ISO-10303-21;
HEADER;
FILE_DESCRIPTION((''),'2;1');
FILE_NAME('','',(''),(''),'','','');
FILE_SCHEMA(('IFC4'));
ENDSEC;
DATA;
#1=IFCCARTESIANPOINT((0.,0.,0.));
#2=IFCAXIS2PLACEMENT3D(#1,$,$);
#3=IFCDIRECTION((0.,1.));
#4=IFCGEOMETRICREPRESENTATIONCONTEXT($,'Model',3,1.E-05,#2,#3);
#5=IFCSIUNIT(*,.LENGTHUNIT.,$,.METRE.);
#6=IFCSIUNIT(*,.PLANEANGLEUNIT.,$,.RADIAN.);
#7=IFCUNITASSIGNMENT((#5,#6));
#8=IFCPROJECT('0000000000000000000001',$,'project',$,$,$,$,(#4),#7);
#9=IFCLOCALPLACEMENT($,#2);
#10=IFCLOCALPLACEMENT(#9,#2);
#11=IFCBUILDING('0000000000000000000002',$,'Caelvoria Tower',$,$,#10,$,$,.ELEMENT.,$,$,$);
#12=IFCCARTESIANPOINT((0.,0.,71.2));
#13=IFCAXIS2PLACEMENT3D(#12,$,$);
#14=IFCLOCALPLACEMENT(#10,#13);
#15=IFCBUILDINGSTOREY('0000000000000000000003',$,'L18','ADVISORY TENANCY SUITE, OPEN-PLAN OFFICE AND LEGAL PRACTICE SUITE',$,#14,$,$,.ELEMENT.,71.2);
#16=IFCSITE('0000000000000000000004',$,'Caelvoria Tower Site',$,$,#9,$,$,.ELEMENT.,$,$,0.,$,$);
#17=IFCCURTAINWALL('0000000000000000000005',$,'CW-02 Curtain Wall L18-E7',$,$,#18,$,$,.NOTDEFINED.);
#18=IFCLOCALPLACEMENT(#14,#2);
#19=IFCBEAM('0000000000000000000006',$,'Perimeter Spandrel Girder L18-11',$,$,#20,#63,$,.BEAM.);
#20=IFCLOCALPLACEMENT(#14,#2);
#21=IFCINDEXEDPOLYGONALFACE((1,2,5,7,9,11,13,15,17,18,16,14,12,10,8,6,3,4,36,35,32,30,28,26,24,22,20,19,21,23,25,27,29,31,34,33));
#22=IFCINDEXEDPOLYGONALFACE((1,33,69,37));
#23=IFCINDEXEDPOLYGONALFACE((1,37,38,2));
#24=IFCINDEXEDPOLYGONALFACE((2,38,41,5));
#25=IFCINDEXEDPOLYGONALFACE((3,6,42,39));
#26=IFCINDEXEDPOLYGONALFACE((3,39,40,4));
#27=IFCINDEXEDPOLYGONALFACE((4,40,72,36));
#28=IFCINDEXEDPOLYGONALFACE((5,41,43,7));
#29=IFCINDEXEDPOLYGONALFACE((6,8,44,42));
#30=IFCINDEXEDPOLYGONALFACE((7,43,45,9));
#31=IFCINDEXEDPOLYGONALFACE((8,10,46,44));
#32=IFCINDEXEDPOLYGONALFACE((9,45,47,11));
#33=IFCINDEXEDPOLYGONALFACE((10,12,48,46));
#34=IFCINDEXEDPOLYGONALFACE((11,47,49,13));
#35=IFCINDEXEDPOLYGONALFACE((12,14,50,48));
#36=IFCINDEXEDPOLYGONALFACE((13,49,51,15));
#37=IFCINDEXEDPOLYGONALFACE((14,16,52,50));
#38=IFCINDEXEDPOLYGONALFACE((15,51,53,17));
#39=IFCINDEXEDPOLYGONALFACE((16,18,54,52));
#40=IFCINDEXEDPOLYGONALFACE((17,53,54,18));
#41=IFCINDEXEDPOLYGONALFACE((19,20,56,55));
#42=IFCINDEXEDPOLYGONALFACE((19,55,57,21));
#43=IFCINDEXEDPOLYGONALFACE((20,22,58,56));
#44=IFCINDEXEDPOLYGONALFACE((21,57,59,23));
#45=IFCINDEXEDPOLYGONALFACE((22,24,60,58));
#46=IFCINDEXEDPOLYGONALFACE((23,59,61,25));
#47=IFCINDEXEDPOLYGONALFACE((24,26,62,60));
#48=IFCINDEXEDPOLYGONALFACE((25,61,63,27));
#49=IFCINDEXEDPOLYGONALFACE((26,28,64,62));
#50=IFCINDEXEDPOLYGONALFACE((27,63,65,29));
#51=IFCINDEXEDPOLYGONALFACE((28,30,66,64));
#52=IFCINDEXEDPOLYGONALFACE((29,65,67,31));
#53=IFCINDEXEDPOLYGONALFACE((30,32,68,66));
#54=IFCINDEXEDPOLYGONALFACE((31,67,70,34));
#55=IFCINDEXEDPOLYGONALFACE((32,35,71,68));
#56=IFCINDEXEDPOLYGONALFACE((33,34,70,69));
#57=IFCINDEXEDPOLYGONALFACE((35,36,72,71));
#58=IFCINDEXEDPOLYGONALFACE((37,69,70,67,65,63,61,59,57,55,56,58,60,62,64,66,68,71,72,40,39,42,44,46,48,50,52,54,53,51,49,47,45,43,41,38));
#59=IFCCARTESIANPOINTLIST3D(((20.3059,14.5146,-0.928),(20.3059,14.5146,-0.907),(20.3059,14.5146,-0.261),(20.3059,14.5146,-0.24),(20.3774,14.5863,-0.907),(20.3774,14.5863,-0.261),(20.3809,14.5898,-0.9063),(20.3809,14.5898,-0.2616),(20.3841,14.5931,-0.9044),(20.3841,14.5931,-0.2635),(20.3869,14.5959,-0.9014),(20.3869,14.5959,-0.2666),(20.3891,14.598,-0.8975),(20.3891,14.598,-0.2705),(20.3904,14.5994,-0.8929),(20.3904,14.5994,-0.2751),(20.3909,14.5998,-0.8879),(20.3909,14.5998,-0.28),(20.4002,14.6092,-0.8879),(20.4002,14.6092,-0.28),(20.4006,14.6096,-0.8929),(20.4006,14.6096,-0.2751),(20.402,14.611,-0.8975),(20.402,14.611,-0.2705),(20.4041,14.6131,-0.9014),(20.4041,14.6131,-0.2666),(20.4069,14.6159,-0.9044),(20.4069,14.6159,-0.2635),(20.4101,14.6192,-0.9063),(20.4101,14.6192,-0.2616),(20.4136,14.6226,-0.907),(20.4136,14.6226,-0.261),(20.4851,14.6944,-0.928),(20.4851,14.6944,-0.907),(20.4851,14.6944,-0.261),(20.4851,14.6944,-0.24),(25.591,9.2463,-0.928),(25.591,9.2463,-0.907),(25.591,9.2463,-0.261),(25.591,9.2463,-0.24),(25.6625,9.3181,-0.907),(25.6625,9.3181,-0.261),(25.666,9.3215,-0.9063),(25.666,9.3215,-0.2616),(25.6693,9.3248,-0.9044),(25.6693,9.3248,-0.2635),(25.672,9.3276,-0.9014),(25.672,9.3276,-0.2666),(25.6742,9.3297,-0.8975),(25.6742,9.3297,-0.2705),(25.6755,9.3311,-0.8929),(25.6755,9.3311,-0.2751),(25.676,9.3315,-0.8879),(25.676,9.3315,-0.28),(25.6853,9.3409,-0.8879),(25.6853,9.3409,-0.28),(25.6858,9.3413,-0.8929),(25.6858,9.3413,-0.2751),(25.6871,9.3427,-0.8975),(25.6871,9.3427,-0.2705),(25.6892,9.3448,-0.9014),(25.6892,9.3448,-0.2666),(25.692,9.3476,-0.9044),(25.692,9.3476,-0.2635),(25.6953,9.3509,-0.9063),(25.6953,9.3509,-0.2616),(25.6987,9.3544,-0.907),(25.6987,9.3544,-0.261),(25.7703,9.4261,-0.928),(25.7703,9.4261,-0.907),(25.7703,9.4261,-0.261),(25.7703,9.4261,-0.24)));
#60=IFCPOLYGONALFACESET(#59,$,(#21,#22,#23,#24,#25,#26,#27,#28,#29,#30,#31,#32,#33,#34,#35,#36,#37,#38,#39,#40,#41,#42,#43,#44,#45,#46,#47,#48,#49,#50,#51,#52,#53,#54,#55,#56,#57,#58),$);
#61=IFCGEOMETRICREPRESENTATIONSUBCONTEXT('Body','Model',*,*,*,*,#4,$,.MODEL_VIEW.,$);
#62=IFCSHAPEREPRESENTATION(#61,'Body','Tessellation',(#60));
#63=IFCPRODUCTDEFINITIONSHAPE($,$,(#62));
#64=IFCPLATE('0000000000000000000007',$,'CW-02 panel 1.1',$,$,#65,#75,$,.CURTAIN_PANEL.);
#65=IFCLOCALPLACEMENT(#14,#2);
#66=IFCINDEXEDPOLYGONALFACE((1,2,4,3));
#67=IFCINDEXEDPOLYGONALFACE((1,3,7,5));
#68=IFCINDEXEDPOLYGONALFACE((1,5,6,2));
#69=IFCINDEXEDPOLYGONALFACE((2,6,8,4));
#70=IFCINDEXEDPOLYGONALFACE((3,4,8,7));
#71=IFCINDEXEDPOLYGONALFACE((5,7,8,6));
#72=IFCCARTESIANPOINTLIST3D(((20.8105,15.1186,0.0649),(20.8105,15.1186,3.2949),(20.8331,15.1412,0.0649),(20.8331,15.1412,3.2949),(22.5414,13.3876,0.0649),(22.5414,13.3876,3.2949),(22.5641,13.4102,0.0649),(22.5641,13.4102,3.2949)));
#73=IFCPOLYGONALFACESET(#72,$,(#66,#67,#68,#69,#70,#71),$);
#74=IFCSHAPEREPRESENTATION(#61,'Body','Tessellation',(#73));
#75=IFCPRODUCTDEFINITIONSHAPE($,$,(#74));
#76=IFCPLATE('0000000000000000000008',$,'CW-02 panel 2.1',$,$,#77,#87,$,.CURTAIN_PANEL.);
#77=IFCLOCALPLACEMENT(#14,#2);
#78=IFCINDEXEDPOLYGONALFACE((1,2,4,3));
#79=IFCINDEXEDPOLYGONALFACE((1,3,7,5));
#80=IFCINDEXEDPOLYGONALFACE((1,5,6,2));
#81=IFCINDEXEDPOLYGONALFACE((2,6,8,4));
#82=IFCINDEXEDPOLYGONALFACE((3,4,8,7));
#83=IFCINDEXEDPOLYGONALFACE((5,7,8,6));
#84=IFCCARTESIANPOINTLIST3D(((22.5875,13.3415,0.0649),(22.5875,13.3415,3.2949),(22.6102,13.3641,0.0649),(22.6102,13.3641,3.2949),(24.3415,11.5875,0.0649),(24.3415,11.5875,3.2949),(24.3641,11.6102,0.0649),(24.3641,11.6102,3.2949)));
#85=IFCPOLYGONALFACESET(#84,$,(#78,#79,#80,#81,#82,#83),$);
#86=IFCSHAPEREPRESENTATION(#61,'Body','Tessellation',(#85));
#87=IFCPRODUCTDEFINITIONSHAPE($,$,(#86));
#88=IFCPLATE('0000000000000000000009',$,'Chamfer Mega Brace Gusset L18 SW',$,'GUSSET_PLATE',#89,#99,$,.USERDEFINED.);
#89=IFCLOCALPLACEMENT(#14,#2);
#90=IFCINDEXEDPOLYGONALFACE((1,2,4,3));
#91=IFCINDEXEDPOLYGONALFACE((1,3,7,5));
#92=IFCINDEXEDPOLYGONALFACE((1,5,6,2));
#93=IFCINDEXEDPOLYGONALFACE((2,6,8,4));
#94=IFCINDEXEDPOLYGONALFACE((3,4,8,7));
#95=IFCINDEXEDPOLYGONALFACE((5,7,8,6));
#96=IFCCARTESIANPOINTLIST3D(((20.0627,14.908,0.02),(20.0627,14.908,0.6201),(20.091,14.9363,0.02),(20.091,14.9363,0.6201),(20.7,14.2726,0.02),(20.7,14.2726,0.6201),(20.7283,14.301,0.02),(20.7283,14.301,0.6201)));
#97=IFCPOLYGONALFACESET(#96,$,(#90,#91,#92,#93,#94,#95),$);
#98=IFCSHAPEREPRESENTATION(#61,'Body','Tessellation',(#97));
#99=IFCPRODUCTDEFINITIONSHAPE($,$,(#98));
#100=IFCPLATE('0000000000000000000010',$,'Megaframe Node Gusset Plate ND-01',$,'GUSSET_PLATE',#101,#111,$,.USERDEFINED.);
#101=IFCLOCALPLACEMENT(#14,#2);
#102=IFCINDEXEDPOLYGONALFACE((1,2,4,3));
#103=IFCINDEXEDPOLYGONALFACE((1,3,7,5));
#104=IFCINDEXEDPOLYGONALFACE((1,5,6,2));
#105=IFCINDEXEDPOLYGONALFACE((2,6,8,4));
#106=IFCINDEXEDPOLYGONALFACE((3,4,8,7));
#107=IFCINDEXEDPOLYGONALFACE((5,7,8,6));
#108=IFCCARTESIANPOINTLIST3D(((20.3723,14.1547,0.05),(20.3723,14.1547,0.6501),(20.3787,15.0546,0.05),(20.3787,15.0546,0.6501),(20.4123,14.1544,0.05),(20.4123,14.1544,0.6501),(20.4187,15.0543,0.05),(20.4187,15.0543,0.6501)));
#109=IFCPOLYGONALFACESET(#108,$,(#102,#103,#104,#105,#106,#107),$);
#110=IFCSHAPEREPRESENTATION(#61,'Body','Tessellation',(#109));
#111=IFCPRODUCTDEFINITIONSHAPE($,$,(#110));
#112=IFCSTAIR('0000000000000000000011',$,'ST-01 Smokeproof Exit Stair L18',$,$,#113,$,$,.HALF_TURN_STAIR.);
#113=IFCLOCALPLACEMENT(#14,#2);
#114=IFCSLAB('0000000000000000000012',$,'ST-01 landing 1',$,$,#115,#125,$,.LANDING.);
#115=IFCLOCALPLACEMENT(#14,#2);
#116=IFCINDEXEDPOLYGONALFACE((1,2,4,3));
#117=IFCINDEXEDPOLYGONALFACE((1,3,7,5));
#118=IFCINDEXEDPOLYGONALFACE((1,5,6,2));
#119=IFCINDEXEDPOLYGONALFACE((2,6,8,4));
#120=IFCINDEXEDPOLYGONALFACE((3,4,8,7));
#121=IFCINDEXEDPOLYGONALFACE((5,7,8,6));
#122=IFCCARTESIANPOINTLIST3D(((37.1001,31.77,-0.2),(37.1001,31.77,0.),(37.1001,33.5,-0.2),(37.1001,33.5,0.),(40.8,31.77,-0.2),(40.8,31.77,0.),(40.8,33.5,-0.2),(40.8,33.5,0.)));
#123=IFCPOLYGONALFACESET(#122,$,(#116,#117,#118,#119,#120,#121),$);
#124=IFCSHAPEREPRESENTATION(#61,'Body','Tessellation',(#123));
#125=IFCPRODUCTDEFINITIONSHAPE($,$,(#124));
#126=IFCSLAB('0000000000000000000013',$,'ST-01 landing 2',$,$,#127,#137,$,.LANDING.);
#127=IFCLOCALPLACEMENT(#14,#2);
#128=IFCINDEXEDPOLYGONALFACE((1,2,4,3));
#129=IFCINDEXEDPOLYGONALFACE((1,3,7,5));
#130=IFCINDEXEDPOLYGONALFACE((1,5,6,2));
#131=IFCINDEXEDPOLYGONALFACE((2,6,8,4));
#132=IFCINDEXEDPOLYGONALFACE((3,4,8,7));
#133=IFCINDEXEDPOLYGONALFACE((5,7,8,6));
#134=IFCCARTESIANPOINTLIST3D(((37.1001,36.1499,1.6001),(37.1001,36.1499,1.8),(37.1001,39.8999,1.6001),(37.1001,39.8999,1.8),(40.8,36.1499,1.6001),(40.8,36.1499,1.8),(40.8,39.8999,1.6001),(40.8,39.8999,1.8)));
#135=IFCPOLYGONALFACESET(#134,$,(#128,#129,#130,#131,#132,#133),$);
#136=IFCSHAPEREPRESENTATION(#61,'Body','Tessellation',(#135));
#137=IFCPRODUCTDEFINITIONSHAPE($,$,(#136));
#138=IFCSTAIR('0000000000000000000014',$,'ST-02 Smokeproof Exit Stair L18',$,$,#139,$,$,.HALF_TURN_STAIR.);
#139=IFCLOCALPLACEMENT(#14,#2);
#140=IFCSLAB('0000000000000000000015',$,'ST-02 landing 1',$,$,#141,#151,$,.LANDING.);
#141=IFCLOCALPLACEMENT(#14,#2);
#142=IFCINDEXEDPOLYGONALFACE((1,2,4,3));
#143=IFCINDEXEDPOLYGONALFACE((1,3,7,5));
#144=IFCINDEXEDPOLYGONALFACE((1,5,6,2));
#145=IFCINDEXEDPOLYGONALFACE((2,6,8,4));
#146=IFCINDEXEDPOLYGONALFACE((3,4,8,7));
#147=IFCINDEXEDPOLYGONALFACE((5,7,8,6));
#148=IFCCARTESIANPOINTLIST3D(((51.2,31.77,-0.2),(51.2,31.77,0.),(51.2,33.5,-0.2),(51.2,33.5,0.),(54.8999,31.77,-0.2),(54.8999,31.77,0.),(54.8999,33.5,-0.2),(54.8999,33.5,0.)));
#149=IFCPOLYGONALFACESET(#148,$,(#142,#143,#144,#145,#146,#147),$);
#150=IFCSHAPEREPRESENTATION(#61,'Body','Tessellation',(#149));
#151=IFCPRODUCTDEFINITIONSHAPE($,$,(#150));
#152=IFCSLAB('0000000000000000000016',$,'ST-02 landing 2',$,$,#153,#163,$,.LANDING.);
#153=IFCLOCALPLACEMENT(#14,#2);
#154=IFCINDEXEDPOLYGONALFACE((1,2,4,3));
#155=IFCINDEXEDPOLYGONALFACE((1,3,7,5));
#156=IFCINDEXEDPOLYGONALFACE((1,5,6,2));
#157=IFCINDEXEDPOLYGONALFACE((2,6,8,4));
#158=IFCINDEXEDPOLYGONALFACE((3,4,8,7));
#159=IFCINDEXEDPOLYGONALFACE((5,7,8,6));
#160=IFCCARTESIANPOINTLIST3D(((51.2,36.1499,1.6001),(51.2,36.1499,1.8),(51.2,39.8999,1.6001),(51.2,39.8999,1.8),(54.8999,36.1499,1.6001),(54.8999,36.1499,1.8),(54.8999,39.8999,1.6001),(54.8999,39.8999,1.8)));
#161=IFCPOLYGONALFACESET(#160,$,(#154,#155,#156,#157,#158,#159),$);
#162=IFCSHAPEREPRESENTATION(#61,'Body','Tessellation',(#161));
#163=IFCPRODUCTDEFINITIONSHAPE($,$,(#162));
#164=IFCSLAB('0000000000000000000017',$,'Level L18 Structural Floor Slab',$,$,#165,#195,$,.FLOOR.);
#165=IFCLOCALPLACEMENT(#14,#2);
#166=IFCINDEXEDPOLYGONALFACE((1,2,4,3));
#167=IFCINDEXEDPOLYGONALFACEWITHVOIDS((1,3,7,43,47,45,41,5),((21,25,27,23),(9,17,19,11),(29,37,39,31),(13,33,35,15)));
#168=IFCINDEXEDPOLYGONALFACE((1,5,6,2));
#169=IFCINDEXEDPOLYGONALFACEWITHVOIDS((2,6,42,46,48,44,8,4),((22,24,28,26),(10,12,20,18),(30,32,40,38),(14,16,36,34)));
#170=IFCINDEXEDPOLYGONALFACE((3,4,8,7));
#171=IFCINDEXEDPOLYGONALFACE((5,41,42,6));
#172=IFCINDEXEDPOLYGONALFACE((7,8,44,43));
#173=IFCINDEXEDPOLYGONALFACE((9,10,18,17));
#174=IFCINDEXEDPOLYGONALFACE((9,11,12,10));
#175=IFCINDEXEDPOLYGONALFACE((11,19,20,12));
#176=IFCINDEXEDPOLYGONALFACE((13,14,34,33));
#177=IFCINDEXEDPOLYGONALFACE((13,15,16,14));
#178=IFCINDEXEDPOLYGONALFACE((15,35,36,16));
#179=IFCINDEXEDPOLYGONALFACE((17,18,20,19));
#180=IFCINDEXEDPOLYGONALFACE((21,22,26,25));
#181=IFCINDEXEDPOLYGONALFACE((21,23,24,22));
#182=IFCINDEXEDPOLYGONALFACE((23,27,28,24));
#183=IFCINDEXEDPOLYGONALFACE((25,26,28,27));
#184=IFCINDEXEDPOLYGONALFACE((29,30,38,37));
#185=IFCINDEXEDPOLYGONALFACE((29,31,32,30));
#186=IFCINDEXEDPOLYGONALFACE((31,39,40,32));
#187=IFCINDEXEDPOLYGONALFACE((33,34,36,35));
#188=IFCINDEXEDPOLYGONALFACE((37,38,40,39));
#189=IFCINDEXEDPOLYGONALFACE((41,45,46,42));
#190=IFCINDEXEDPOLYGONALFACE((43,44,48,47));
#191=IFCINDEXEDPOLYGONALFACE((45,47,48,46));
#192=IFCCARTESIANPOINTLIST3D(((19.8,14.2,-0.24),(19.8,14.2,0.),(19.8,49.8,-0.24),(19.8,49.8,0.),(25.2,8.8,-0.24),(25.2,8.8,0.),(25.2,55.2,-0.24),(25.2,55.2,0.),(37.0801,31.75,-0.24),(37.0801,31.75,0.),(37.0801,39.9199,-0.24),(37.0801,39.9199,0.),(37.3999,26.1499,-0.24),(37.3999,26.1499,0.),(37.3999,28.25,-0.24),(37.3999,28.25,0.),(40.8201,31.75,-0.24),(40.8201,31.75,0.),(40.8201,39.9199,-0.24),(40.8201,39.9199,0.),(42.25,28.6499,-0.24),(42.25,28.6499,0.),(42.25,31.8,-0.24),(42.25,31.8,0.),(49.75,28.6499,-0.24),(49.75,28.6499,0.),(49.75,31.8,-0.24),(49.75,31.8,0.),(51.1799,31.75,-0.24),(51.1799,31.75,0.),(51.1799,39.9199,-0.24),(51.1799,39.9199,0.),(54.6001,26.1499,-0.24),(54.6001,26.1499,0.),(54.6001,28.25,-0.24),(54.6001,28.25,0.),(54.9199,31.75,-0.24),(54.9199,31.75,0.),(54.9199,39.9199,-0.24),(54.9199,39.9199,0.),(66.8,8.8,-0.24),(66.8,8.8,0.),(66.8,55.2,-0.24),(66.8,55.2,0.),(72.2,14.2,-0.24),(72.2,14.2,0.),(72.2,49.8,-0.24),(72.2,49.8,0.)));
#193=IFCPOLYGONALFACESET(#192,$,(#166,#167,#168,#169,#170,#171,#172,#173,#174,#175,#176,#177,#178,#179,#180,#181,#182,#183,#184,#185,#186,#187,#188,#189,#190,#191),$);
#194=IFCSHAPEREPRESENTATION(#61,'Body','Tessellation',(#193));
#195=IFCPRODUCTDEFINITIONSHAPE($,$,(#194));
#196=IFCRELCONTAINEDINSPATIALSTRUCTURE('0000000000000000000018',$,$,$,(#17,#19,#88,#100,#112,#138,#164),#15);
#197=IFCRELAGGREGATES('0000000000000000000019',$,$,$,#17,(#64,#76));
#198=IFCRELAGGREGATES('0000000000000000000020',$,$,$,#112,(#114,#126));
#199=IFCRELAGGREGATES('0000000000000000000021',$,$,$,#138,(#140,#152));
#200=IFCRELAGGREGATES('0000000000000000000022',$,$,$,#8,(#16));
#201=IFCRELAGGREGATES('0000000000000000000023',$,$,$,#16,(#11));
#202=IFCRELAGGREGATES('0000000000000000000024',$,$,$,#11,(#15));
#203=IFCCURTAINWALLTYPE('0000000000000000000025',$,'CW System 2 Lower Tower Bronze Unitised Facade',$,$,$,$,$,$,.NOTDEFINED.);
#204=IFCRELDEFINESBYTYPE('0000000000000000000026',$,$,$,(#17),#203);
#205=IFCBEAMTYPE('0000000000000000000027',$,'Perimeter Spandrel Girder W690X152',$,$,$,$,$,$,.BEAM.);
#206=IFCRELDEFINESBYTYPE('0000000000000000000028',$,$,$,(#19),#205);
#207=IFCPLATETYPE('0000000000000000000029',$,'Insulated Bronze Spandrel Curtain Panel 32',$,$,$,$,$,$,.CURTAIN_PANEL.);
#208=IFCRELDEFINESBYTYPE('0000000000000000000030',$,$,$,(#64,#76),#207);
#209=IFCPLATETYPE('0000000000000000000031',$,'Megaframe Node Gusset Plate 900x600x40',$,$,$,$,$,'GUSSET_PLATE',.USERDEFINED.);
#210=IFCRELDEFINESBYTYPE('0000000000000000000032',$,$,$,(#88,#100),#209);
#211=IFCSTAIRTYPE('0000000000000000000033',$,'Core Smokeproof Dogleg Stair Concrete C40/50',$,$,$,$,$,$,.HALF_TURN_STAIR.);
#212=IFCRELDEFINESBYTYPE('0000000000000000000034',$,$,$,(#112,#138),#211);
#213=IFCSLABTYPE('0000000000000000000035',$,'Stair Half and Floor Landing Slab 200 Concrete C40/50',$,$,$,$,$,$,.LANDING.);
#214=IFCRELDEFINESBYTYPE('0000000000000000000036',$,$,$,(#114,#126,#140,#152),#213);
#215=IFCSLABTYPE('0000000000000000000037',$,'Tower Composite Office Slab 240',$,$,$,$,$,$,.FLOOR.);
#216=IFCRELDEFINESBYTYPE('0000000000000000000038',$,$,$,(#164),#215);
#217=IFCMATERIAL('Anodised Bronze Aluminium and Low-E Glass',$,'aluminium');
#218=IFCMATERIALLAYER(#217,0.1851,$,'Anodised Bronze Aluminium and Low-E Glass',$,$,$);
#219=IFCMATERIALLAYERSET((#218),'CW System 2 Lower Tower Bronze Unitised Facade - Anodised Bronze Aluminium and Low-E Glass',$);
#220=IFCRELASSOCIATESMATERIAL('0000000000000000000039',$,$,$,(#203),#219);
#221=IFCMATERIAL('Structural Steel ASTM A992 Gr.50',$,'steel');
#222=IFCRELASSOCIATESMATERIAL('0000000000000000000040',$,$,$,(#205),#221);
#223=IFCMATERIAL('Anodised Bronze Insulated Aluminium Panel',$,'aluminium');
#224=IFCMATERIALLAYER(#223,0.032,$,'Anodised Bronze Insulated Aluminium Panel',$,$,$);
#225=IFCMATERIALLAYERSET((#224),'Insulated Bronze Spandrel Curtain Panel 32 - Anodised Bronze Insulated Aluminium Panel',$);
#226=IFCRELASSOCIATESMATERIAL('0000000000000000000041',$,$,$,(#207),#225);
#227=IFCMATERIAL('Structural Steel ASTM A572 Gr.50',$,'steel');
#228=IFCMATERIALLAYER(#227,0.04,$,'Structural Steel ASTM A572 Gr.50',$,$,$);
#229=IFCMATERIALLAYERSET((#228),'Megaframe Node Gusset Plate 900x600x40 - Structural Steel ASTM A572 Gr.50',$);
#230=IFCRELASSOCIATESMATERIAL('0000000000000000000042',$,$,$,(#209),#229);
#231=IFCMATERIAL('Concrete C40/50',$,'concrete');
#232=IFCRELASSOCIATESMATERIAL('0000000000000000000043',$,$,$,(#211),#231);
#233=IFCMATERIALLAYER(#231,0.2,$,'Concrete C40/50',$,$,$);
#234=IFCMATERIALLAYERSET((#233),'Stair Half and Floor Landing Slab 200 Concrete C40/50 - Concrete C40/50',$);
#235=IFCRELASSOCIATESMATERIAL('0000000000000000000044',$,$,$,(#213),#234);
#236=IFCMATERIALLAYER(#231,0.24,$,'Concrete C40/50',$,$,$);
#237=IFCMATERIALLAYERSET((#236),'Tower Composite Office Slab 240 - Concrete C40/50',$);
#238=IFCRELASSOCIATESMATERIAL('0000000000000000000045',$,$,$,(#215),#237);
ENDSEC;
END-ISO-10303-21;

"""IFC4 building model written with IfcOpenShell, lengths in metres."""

from ifc_helpers import new_model, si_unit, direction, frame, origin, origin_2d, place, context, subcontext, project, spatial, polyline, rectangle, i_section, outline, extrude, material, layer, layer_set, material_profile, profile_set, type_object, element, aggregate, save


model = new_model("IFC4")

# Units and contexts
model_context = context("Model", 3, precision=1e-05, world=origin(), true_north=direction((0.0, 1.0)))
body_context = subcontext(model_context, "Body", "Model", "MODEL_VIEW")
ifc_project = project(units=[si_unit("LENGTHUNIT", "METRE"), si_unit("PLANEANGLEUNIT", "RADIAN")], contexts=[model_context])

# Site, building, storey
site_placement = place(None, origin())
site = spatial("IfcSite", under=ifc_project, at=site_placement, Name="Caelvoria Tower Site", CompositionType="ELEMENT", RefElevation=0.0)
building_placement = place(site_placement, origin())
building = spatial("IfcBuilding", under=site, at=building_placement, Name="Caelvoria Tower", CompositionType="ELEMENT")
storey_placement = place(building_placement, frame((0.0, 0.0, 71.2)))
storey = spatial("IfcBuildingStorey", under=building, at=storey_placement, Name="L18", Description="ADVISORY TENANCY SUITE, OPEN-PLAN OFFICE AND LEGAL PRACTICE SUITE", CompositionType="ELEMENT", Elevation=71.2)

# Shared definitions
ifc_material_1 = material(Name="Structural Steel ASTM A572 Gr.50", Category="steel")

# Shared definitions
ifc_material_2 = material(Name="Anodised Bronze Aluminium and Low-E Glass", Category="aluminium")
ifc_layer_1 = layer(ifc_material_2, 0.1851, Name="Anodised Bronze Aluminium and Low-E Glass")
ifc_layer_set_1 = layer_set([ifc_layer_1], Name="CW System 2 Lower Tower Bronze Unitised Facade - Anodised Bronze Aluminium and Low-E Glass")
curtain_wall_type = type_object("IfcCurtainWallType", Name="CW System 2 Lower Tower Bronze Unitised Facade", PredefinedType="NOTDEFINED", material=ifc_layer_set_1)

# Curtain wall
curtain_wall_1_placement = place(storey_placement, origin())
curtain_wall_1 = element("IfcCurtainWall", 1, at=curtain_wall_1_placement, inside=storey, type_object=curtain_wall_type, Name="CW-02 Curtain Wall L18-E7", PredefinedType="NOTDEFINED")

# Beam
ifc_material_3 = material(Name="Structural Steel ASTM A992 Gr.50", Category="steel")
ifc_material_profile_1 = material_profile(ifc_material_3, i_section(OverallWidth=0.2539, OverallDepth=0.688, WebThickness=0.0132, FlangeThickness=0.021, FilletRadius=0.019, at=origin_2d()), Name="Structural Steel ASTM A992 Gr.50")
ifc_profile_set_1 = profile_set([ifc_material_profile_1], Name="W690X152 - Structural Steel ASTM A992 Gr.50")
beam_type = type_object("IfcBeamType", Name="Perimeter Spandrel Girder W690X152", PredefinedType="BEAM", material=ifc_profile_set_1)
beam_placement = place(storey_placement, frame((20.3955, 14.6045, -0.584), z_axis=(0.708235, -0.705977, 0.0), x_axis=(0.705977, 0.708235, 0.0)))
element("IfcBeam", 2, at=beam_placement, inside=storey, type_object=beam_type, Name="Perimeter Spandrel Girder L18-11", PredefinedType="BEAM", context=body_context, shape_type="SweptSolid", body=[
    extrude(i_section(OverallWidth=0.2539, OverallDepth=0.688, WebThickness=0.0132, FlangeThickness=0.021, FilletRadius=0.019, at=origin_2d()), origin(), (0.0, 0.0, 1.0), 7.4624),
])

# Plates
ifc_material_4 = material(Name="Anodised Bronze Insulated Aluminium Panel", Category="aluminium")
ifc_layer_2 = layer(ifc_material_4, 0.032, Name="Anodised Bronze Insulated Aluminium Panel")
ifc_layer_set_2 = layer_set([ifc_layer_2], Name="Insulated Bronze Spandrel Curtain Panel 32 - Anodised Bronze Insulated Aluminium Panel")
plate_type_1 = type_object("IfcPlateType", Name="Insulated Bronze Spandrel Curtain Panel 32", PredefinedType="CURTAIN_PANEL", material=ifc_layer_set_2)
plate_1_placement = place(storey_placement, frame((21.6873, 14.2644, 0.0649), z_axis=(0.0, 0.0, 1.0), x_axis=(0.707107, -0.707107, 0.0)))
plate_1 = element("IfcPlate", 3, at=plate_1_placement, type_object=plate_type_1, Name="CW-02 panel 1.1", PredefinedType="CURTAIN_PANEL", context=body_context, shape_type="SweptSolid", body=[
    extrude(rectangle(XDim=2.448, YDim=0.032, at=origin_2d()), origin(), (0.0, 0.0, 1.0), 3.23),
])
plate_2_placement = place(storey_placement, frame((23.4758, 12.4758, 0.0649), z_axis=(0.0, 0.0, 1.0), x_axis=(0.707107, -0.707107, 0.0)))
plate_2 = element("IfcPlate", 4, at=plate_2_placement, type_object=plate_type_1, Name="CW-02 panel 2.1", PredefinedType="CURTAIN_PANEL", context=body_context, shape_type="SweptSolid", body=[
    extrude(rectangle(XDim=2.4805, YDim=0.032, at=origin_2d()), origin(), (0.0, 0.0, 1.0), 3.23),
])
aggregate(curtain_wall_1, [plate_1, plate_2])

# Plates
ifc_layer_3 = layer(ifc_material_1, 0.04, Name="Structural Steel ASTM A572 Gr.50")
ifc_layer_set_3 = layer_set([ifc_layer_3], Name="Megaframe Node Gusset Plate 900x600x40 - Structural Steel ASTM A572 Gr.50")
plate_type_2 = type_object("IfcPlateType", Name="Megaframe Node Gusset Plate 900x600x40", ElementType="GUSSET_PLATE", PredefinedType="USERDEFINED", material=ifc_layer_set_3)
for number, where, z_axis, x_axis, name in (
    (5, (20.3955, 14.6045, 0.02), (0.0, 0.0, 1.0), (0.708212, -0.706, 0.0), "Chamfer Mega Brace Gusset L18 SW"),
    (6, (20.3955, 14.6045, 0.05), (0.0, 0.0, 1.0), (0.007151, 0.999974, 0.0), "Megaframe Node Gusset Plate ND-01"),
):
    element("IfcPlate", number, at=place(storey_placement, frame(where, z_axis=z_axis, x_axis=x_axis)), inside=storey, type_object=plate_type_2, Name=name, ObjectType="GUSSET_PLATE", PredefinedType="USERDEFINED", context=body_context, shape_type="SweptSolid", body=[
        extrude(rectangle(XDim=0.8999, YDim=0.04, at=origin_2d()), origin(), (0.0, 0.0, 1.0), 0.6001),
    ])

# Stairs, slabs
ifc_material_5 = material(Name="Concrete C40/50", Category="concrete")
stair_type = type_object("IfcStairType", Name="Core Smokeproof Dogleg Stair Concrete C40/50", PredefinedType="HALF_TURN_STAIR", material=ifc_material_5)
stair_1_placement = place(storey_placement, origin())
stair_1 = element("IfcStair", 7, at=stair_1_placement, inside=storey, type_object=stair_type, Name="ST-01 Smokeproof Exit Stair L18", PredefinedType="HALF_TURN_STAIR")
ifc_layer_4 = layer(ifc_material_5, 0.2, Name="Concrete C40/50")
ifc_layer_set_4 = layer_set([ifc_layer_4], Name="Stair Half and Floor Landing Slab 200 Concrete C40/50 - Concrete C40/50")
slab_type_1 = type_object("IfcSlabType", Name="Stair Half and Floor Landing Slab 200 Concrete C40/50", PredefinedType="LANDING", material=ifc_layer_set_4)
slab_1_placement = place(storey_placement, frame((0.0, 0.0, -0.2)))
slab_1 = element("IfcSlab", 8, at=slab_1_placement, type_object=slab_type_1, Name="ST-01 landing 1", PredefinedType="LANDING", context=body_context, shape_type="SweptSolid", body=[
    extrude(outline(polyline([(37.1001, 31.77), (40.8, 31.77), (40.8, 33.5), (37.1001, 33.5), (37.1001, 31.77)])), origin(), (0.0, 0.0, 1.0), 0.2),
])
slab_2_placement = place(storey_placement, frame((0.0, 0.0, 1.6001)))
slab_2 = element("IfcSlab", 9, at=slab_2_placement, type_object=slab_type_1, Name="ST-01 landing 2", PredefinedType="LANDING", context=body_context, shape_type="SweptSolid", body=[
    extrude(outline(polyline([(37.1001, 36.1499), (40.8, 36.1499), (40.8, 39.8999), (37.1001, 39.8999), (37.1001, 36.1499)])), origin(), (0.0, 0.0, 1.0), 0.2),
])
aggregate(stair_1, [slab_1, slab_2])
stair_2_placement = place(storey_placement, origin())
stair_2 = element("IfcStair", 10, at=stair_2_placement, inside=storey, type_object=stair_type, Name="ST-02 Smokeproof Exit Stair L18", PredefinedType="HALF_TURN_STAIR")
slab_3_placement = place(storey_placement, frame((0.0, 0.0, -0.2)))
slab_3 = element("IfcSlab", 11, at=slab_3_placement, type_object=slab_type_1, Name="ST-02 landing 1", PredefinedType="LANDING", context=body_context, shape_type="SweptSolid", body=[
    extrude(outline(polyline([(51.2, 31.77), (54.8999, 31.77), (54.8999, 33.5), (51.2, 33.5), (51.2, 31.77)])), origin(), (0.0, 0.0, 1.0), 0.2),
])
slab_4_placement = place(storey_placement, frame((0.0, 0.0, 1.6001)))
slab_4 = element("IfcSlab", 12, at=slab_4_placement, type_object=slab_type_1, Name="ST-02 landing 2", PredefinedType="LANDING", context=body_context, shape_type="SweptSolid", body=[
    extrude(outline(polyline([(51.2, 36.1499), (54.8999, 36.1499), (54.8999, 39.8999), (51.2, 39.8999), (51.2, 36.1499)])), origin(), (0.0, 0.0, 1.0), 0.2),
])
aggregate(stair_2, [slab_3, slab_4])

# Slab
ifc_layer_5 = layer(ifc_material_5, 0.24, Name="Concrete C40/50")
ifc_layer_set_5 = layer_set([ifc_layer_5], Name="Tower Composite Office Slab 240 - Concrete C40/50")
slab_type_2 = type_object("IfcSlabType", Name="Tower Composite Office Slab 240", PredefinedType="FLOOR", material=ifc_layer_set_5)
slab_5_placement = place(storey_placement, frame((0.0, 0.0, -0.24)))
element("IfcSlab", 13, at=slab_5_placement, inside=storey, type_object=slab_type_2, Name="Level L18 Structural Floor Slab", PredefinedType="FLOOR", context=body_context, shape_type="SweptSolid", body=[
    extrude(outline(polyline([(25.2, 8.8), (66.8, 8.8), (72.2, 14.2), (72.2, 49.8), (66.8, 55.2), (25.2, 55.2), (19.8, 49.8), (19.8, 14.2), (25.2, 8.8)]), holes=[polyline([(37.0801, 31.75), (40.8201, 31.75), (40.8201, 39.9199), (37.0801, 39.9199), (37.0801, 31.75)]), polyline([(51.1799, 31.75), (54.9199, 31.75), (54.9199, 39.9199), (51.1799, 39.9199), (51.1799, 31.75)]), polyline([(42.25, 28.6499), (49.75, 28.6499), (49.75, 31.8), (42.25, 31.8), (42.25, 28.6499)]), polyline([(37.3999, 26.1499), (54.6001, 26.1499), (54.6001, 28.25), (37.3999, 28.25), (37.3999, 26.1499)])]), origin(), (0.0, 0.0, 1.0), 0.24),
])

save(model, "model.ifc")
